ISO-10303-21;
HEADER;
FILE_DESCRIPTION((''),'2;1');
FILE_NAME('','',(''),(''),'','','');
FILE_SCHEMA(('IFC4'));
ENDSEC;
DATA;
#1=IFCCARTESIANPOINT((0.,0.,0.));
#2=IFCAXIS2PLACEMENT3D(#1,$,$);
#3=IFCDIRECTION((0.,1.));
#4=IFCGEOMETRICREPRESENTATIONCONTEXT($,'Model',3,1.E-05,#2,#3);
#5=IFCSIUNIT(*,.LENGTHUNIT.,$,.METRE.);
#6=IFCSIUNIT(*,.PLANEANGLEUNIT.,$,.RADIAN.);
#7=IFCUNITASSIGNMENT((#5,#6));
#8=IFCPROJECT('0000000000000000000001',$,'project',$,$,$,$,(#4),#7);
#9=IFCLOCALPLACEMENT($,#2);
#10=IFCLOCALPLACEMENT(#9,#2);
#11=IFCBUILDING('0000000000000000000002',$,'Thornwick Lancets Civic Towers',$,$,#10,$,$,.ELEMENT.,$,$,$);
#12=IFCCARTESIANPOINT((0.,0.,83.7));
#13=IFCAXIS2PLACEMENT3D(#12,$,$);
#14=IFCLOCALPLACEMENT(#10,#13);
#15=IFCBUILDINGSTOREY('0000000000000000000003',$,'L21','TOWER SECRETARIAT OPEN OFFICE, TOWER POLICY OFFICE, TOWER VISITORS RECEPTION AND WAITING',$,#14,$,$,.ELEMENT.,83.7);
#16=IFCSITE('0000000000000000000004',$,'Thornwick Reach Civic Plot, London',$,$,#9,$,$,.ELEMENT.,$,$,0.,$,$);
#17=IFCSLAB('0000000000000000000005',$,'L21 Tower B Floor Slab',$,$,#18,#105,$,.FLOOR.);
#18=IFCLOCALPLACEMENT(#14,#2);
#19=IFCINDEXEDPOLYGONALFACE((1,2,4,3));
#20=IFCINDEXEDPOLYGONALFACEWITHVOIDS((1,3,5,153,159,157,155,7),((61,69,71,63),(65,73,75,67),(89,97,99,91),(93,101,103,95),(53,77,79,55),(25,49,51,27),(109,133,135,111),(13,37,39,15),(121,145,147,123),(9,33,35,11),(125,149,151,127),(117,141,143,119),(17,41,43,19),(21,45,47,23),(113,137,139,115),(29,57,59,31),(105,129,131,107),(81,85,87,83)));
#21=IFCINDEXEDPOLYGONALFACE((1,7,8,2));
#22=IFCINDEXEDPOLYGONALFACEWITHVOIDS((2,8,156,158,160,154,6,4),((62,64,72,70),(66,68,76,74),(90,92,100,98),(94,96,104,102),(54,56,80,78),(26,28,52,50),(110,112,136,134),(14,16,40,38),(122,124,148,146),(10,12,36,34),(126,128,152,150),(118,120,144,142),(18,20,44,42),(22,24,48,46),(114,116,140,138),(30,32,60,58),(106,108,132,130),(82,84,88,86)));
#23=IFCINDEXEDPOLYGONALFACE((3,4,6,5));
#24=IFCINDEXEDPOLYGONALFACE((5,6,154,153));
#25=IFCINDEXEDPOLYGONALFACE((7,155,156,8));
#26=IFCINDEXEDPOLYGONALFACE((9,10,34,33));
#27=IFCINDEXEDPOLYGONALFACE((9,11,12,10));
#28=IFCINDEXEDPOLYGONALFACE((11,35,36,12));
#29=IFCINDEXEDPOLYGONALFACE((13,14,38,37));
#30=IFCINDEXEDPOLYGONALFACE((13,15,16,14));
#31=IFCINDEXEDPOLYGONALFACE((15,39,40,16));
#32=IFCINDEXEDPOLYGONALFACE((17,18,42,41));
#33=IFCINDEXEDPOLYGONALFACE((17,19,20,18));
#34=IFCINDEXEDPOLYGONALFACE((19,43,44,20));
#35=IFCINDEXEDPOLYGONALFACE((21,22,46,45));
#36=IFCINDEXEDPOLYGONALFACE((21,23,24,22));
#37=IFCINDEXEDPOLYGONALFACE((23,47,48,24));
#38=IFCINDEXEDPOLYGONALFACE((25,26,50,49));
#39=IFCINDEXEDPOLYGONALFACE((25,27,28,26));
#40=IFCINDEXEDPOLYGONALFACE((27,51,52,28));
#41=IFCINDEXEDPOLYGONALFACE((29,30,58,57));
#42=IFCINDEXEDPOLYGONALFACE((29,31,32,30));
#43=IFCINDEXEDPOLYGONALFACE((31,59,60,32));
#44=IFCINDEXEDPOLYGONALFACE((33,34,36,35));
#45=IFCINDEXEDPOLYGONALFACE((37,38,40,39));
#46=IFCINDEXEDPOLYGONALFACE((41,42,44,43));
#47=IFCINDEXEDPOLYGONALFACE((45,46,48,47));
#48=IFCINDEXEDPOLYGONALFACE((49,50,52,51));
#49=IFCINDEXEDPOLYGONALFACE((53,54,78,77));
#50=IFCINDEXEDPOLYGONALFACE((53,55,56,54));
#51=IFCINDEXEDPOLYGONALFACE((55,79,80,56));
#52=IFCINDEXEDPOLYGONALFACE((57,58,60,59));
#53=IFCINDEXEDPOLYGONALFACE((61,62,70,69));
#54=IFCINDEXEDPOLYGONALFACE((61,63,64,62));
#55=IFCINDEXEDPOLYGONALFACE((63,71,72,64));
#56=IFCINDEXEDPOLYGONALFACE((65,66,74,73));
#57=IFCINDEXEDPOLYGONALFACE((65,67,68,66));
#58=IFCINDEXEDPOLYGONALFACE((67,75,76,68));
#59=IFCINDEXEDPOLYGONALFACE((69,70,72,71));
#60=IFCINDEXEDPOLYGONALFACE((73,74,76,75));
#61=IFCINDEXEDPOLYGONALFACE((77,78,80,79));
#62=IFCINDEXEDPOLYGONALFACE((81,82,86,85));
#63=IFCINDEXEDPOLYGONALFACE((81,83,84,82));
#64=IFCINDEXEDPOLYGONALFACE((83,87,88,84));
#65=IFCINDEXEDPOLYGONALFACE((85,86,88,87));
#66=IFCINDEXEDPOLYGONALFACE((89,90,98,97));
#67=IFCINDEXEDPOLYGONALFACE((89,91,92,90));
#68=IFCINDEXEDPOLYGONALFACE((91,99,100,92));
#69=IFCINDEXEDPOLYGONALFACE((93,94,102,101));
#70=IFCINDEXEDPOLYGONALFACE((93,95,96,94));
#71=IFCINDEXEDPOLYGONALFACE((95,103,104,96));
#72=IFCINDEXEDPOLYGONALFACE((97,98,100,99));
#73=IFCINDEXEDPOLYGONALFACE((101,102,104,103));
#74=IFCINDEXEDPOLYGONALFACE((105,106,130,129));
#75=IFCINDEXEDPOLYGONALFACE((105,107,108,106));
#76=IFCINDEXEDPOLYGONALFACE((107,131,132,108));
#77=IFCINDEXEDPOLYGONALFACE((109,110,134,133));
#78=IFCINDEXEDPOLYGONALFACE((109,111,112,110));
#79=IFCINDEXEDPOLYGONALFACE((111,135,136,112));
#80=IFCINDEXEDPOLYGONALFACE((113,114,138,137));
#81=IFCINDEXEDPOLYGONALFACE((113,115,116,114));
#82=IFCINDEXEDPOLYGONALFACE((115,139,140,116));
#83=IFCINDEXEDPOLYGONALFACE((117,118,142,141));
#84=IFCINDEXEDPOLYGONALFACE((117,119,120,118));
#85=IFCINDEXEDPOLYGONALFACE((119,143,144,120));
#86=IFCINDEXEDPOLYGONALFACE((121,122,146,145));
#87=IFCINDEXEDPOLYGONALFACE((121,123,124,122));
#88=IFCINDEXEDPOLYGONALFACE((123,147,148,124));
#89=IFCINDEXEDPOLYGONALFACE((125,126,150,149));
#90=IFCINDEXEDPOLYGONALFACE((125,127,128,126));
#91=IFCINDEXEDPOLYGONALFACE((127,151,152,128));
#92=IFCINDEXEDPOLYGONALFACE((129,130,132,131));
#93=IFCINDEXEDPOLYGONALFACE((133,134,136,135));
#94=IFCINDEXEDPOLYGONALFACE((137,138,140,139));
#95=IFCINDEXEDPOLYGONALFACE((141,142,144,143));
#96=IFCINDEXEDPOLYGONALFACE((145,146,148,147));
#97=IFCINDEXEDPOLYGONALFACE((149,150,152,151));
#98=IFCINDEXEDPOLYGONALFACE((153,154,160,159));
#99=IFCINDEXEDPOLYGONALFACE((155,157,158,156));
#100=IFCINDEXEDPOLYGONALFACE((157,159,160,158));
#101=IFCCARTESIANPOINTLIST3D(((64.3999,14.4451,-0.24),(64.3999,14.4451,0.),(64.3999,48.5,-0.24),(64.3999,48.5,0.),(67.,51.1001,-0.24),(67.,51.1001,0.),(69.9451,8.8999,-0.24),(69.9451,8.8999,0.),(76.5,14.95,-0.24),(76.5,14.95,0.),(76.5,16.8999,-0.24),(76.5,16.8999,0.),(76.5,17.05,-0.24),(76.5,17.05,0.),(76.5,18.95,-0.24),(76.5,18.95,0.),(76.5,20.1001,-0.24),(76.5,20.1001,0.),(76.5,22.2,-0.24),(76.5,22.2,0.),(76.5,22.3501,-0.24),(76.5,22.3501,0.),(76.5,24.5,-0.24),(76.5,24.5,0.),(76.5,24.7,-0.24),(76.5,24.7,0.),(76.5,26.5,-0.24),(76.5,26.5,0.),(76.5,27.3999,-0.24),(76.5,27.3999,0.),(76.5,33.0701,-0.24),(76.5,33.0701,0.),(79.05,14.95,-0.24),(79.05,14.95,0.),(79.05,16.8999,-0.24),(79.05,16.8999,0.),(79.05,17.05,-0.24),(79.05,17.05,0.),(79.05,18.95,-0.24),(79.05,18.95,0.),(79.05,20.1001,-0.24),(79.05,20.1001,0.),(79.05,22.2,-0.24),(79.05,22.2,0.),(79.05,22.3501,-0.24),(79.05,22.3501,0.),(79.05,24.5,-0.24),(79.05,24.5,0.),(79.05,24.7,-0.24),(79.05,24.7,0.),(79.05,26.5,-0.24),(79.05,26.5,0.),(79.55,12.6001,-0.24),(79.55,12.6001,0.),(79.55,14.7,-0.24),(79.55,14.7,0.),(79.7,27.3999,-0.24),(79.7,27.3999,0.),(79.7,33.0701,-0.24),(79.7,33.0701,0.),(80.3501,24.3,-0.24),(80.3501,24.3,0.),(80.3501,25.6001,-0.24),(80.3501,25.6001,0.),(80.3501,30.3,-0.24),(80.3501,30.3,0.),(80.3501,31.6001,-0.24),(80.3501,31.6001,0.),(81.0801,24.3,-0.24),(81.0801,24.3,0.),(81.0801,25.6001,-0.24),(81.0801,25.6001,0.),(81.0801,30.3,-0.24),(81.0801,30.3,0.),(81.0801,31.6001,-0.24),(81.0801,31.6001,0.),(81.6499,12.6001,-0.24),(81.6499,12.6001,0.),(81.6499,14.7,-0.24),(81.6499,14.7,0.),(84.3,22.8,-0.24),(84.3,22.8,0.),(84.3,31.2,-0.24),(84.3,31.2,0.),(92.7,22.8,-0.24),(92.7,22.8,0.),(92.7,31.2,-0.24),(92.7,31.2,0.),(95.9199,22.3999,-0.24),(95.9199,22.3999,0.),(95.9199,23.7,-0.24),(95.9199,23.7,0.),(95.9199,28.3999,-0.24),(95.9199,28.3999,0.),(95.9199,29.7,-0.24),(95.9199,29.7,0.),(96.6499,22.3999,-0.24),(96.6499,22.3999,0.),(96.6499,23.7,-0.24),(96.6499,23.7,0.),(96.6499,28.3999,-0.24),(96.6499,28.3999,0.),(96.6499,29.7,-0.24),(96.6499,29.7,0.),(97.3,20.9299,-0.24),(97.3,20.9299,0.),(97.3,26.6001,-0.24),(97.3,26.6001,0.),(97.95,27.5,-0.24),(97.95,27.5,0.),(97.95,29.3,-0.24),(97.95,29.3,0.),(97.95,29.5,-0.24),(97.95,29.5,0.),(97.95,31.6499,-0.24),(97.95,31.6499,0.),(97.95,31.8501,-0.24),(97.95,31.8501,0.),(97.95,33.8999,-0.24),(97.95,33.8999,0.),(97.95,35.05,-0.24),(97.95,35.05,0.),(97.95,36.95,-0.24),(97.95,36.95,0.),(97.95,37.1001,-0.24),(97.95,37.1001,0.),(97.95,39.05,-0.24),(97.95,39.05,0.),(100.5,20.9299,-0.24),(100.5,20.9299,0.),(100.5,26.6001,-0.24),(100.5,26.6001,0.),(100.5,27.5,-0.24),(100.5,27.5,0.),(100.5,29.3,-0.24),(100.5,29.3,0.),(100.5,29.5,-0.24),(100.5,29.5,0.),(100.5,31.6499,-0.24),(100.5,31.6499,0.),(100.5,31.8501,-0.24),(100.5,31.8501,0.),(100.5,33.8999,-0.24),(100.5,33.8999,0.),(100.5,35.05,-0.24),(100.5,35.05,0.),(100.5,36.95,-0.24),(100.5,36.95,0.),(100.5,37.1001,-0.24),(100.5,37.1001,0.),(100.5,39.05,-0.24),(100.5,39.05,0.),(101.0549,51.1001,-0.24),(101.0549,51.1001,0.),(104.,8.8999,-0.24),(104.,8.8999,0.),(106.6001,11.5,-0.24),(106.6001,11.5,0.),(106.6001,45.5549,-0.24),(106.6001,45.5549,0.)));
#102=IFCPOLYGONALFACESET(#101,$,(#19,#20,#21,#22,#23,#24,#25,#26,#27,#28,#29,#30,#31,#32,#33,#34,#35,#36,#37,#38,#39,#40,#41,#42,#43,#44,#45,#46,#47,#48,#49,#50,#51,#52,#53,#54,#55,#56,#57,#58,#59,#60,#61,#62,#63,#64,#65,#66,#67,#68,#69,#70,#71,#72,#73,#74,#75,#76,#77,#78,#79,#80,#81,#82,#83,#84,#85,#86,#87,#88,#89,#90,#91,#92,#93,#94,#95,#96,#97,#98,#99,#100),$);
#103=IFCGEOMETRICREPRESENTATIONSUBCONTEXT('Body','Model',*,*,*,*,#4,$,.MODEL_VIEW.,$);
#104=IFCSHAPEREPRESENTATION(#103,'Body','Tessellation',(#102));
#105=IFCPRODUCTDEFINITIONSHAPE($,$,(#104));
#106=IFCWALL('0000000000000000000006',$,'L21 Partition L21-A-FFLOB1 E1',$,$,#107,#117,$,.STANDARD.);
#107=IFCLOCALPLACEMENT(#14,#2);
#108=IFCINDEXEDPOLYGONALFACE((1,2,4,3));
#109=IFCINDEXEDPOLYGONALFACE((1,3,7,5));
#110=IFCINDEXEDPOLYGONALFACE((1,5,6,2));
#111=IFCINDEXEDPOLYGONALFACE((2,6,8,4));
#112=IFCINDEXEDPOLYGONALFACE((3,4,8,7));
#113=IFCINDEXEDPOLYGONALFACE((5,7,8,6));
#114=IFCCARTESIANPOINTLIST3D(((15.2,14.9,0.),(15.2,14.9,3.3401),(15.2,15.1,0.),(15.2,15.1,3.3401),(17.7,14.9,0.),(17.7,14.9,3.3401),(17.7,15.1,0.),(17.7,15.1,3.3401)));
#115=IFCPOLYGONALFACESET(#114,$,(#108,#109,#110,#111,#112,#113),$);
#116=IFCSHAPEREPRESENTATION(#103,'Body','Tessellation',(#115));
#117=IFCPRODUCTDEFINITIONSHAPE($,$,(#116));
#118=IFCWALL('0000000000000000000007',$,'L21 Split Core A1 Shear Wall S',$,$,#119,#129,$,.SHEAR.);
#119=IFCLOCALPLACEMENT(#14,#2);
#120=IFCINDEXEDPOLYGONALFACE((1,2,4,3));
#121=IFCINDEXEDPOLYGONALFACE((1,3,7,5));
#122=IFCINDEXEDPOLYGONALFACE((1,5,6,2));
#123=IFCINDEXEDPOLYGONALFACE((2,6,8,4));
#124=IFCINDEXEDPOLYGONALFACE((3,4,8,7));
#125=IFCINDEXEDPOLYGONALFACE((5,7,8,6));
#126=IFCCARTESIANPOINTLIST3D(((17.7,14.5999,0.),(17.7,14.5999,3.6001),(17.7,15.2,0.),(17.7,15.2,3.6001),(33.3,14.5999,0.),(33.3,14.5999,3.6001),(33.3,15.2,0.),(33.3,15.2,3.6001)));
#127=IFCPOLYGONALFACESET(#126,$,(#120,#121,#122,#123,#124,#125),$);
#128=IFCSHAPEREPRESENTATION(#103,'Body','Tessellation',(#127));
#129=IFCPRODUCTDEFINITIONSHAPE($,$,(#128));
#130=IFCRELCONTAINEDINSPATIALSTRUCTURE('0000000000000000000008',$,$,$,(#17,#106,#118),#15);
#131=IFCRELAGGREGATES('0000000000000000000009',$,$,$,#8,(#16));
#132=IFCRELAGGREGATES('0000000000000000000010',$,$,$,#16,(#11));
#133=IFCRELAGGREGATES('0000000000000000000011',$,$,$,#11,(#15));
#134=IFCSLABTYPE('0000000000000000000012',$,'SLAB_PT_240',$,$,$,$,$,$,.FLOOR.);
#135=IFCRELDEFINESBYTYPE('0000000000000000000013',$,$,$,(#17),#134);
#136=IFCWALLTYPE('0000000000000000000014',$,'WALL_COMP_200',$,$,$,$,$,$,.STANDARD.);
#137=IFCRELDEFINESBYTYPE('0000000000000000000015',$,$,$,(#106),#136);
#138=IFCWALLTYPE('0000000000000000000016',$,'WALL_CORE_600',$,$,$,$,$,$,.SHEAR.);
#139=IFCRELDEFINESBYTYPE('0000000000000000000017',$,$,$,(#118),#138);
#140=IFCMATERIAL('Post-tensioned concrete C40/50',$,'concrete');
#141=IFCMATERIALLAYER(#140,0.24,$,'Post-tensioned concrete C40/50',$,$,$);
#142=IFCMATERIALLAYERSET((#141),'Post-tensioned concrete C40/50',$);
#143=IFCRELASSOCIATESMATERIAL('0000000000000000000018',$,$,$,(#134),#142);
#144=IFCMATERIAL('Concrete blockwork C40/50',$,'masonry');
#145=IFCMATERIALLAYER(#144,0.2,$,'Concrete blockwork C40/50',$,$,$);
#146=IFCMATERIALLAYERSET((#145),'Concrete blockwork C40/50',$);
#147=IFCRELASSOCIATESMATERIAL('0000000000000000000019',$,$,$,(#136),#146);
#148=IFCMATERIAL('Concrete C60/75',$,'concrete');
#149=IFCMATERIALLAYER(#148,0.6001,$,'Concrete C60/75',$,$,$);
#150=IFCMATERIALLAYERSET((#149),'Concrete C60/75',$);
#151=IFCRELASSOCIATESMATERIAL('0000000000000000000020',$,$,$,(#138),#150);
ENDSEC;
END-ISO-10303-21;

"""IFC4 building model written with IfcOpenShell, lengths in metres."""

from ifc_helpers import new_model, si_unit, direction, frame, frame_2d, origin, place, context, subcontext, project, spatial, polyline, rectangle, outline, extrude, material, layer, layer_set, type_object, element, save


model = new_model("IFC4")

# Units and contexts
model_context = context("Model", 3, precision=1e-05, world=origin(), true_north=direction((0.0, 1.0)))
body_context = subcontext(model_context, "Body", "Model", "MODEL_VIEW")
ifc_project = project(units=[si_unit("LENGTHUNIT", "METRE"), si_unit("PLANEANGLEUNIT", "RADIAN")], contexts=[model_context])

# Site, building, storey
site_placement = place(None, origin())
site = spatial("IfcSite", under=ifc_project, at=site_placement, Name="Thornwick Reach Civic Plot, London", CompositionType="ELEMENT", RefElevation=0.0)
building_placement = place(site_placement, origin())
building = spatial("IfcBuilding", under=site, at=building_placement, Name="Thornwick Lancets Civic Towers", CompositionType="ELEMENT")
storey_placement = place(building_placement, frame((0.0, 0.0, 83.7)))
storey = spatial("IfcBuildingStorey", under=building, at=storey_placement, Name="L21", Description="TOWER SECRETARIAT OPEN OFFICE, TOWER POLICY OFFICE, TOWER VISITORS RECEPTION AND WAITING", CompositionType="ELEMENT", Elevation=83.7)

# Shared definitions
ifc_material_1 = material(Name="Concrete C60/75", Category="concrete")

# Shared definitions
ifc_material_2 = material(Name="Post-tensioned concrete C40/50", Category="concrete")

# Slab
ifc_layer_1 = layer(ifc_material_2, 0.24, Name="Post-tensioned concrete C40/50")
ifc_layer_set_1 = layer_set([ifc_layer_1], Name="Post-tensioned concrete C40/50")
slab_type_1 = type_object("IfcSlabType", Name="SLAB_PT_240", PredefinedType="FLOOR", material=ifc_layer_set_1)
slab_1_placement = place(storey_placement, frame((0.0, 0.0, -0.24)))
element("IfcSlab", 1, at=slab_1_placement, inside=storey, type_object=slab_type_1, Name="L21 Tower B Floor Slab", PredefinedType="FLOOR", context=body_context, shape_type="SweptSolid", body=[
    extrude(outline(polyline([(69.9451, 8.8999), (104.0, 8.8999), (106.6001, 11.5), (106.6001, 45.5549), (101.0549, 51.1001), (67.0, 51.1001), (64.3999, 48.5), (64.3999, 14.4451), (69.9451, 8.8999)]), holes=[polyline([(84.3, 22.8), (92.7, 22.8), (92.7, 31.2), (84.3, 31.2), (84.3, 22.8)]), polyline([(100.5, 20.9299), (100.5, 26.6001), (97.3, 26.6001), (97.3, 20.9299), (100.5, 20.9299)]), polyline([(76.5, 33.0701), (76.5, 27.3999), (79.7, 27.3999), (79.7, 33.0701), (76.5, 33.0701)]), polyline([(97.95, 27.5), (100.5, 27.5), (100.5, 29.3), (97.95, 29.3), (97.95, 27.5)]), polyline([(97.95, 29.5), (100.5, 29.5), (100.5, 31.6499), (97.95, 31.6499), (97.95, 29.5)]), polyline([(97.95, 31.8501), (100.5, 31.8501), (100.5, 33.8999), (97.95, 33.8999), (97.95, 31.8501)]), polyline([(97.95, 35.05), (100.5, 35.05), (100.5, 36.95), (97.95, 36.95), (97.95, 35.05)]), polyline([(97.95, 37.1001), (100.5, 37.1001), (100.5, 39.05), (97.95, 39.05), (97.95, 37.1001)]), polyline([(76.5, 24.7), (79.05, 24.7), (79.05, 26.5), (76.5, 26.5), (76.5, 24.7)]), polyline([(76.5, 22.3501), (79.05, 22.3501), (79.05, 24.5), (76.5, 24.5), (76.5, 22.3501)]), polyline([(76.5, 20.1001), (79.05, 20.1001), (79.05, 22.2), (76.5, 22.2), (76.5, 20.1001)]), polyline([(76.5, 17.05), (79.05, 17.05), (79.05, 18.95), (76.5, 18.95), (76.5, 17.05)]), polyline([(76.5, 14.95), (79.05, 14.95), (79.05, 16.8999), (76.5, 16.8999), (76.5, 14.95)]), polyline([(79.55, 12.6001), (81.6499, 12.6001), (81.6499, 14.7), (79.55, 14.7), (79.55, 12.6001)]), polyline([(95.9199, 28.3999), (96.6499, 28.3999), (96.6499, 29.7), (95.9199, 29.7), (95.9199, 28.3999)]), polyline([(95.9199, 22.3999), (96.6499, 22.3999), (96.6499, 23.7), (95.9199, 23.7), (95.9199, 22.3999)]), polyline([(80.3501, 24.3), (81.0801, 24.3), (81.0801, 25.6001), (80.3501, 25.6001), (80.3501, 24.3)]), polyline([(80.3501, 30.3), (81.0801, 30.3), (81.0801, 31.6001), (80.3501, 31.6001), (80.3501, 30.3)])]), origin(), (0.0, 0.0, 1.0), 0.24),
])

# Walls
ifc_material_3 = material(Name="Concrete blockwork C40/50", Category="masonry")
ifc_layer_2 = layer(ifc_material_3, 0.2, Name="Concrete blockwork C40/50")
ifc_layer_set_2 = layer_set([ifc_layer_2], Name="Concrete blockwork C40/50")
wall_type_1 = type_object("IfcWallType", Name="WALL_COMP_200", PredefinedType="STANDARD", material=ifc_layer_set_2)
wall_1_placement = place(storey_placement, frame((15.2, 15.0, 0.0), z_axis=(0.0, 0.0, 1.0), x_axis=(1.0, 0.0, 0.0)))
element("IfcWall", 2, at=wall_1_placement, inside=storey, type_object=wall_type_1, Name="L21 Partition L21-A-FFLOB1 E1", PredefinedType="STANDARD", context=body_context, shape_type="SweptSolid", body=[
    extrude(rectangle(XDim=2.5, YDim=0.2, at=frame_2d((1.25, 0.0))), origin(), (0.0, 0.0, 1.0), 3.3401),
])
ifc_layer_3 = layer(ifc_material_1, 0.6001, Name="Concrete C60/75")
ifc_layer_set_3 = layer_set([ifc_layer_3], Name="Concrete C60/75")
wall_type_2 = type_object("IfcWallType", Name="WALL_CORE_600", PredefinedType="SHEAR", material=ifc_layer_set_3)
wall_2_placement = place(storey_placement, frame((17.7, 14.8999, 0.0), z_axis=(0.0, 0.0, 1.0), x_axis=(1.0, 0.0, 0.0)))
element("IfcWall", 3, at=wall_2_placement, inside=storey, type_object=wall_type_2, Name="L21 Split Core A1 Shear Wall S", PredefinedType="SHEAR", context=body_context, shape_type="SweptSolid", body=[
    extrude(rectangle(XDim=15.6001, YDim=0.6001, at=frame_2d((7.8, 0.0))), origin(), (0.0, 0.0, 1.0), 3.6001),
])

save(model, "model.ifc")
